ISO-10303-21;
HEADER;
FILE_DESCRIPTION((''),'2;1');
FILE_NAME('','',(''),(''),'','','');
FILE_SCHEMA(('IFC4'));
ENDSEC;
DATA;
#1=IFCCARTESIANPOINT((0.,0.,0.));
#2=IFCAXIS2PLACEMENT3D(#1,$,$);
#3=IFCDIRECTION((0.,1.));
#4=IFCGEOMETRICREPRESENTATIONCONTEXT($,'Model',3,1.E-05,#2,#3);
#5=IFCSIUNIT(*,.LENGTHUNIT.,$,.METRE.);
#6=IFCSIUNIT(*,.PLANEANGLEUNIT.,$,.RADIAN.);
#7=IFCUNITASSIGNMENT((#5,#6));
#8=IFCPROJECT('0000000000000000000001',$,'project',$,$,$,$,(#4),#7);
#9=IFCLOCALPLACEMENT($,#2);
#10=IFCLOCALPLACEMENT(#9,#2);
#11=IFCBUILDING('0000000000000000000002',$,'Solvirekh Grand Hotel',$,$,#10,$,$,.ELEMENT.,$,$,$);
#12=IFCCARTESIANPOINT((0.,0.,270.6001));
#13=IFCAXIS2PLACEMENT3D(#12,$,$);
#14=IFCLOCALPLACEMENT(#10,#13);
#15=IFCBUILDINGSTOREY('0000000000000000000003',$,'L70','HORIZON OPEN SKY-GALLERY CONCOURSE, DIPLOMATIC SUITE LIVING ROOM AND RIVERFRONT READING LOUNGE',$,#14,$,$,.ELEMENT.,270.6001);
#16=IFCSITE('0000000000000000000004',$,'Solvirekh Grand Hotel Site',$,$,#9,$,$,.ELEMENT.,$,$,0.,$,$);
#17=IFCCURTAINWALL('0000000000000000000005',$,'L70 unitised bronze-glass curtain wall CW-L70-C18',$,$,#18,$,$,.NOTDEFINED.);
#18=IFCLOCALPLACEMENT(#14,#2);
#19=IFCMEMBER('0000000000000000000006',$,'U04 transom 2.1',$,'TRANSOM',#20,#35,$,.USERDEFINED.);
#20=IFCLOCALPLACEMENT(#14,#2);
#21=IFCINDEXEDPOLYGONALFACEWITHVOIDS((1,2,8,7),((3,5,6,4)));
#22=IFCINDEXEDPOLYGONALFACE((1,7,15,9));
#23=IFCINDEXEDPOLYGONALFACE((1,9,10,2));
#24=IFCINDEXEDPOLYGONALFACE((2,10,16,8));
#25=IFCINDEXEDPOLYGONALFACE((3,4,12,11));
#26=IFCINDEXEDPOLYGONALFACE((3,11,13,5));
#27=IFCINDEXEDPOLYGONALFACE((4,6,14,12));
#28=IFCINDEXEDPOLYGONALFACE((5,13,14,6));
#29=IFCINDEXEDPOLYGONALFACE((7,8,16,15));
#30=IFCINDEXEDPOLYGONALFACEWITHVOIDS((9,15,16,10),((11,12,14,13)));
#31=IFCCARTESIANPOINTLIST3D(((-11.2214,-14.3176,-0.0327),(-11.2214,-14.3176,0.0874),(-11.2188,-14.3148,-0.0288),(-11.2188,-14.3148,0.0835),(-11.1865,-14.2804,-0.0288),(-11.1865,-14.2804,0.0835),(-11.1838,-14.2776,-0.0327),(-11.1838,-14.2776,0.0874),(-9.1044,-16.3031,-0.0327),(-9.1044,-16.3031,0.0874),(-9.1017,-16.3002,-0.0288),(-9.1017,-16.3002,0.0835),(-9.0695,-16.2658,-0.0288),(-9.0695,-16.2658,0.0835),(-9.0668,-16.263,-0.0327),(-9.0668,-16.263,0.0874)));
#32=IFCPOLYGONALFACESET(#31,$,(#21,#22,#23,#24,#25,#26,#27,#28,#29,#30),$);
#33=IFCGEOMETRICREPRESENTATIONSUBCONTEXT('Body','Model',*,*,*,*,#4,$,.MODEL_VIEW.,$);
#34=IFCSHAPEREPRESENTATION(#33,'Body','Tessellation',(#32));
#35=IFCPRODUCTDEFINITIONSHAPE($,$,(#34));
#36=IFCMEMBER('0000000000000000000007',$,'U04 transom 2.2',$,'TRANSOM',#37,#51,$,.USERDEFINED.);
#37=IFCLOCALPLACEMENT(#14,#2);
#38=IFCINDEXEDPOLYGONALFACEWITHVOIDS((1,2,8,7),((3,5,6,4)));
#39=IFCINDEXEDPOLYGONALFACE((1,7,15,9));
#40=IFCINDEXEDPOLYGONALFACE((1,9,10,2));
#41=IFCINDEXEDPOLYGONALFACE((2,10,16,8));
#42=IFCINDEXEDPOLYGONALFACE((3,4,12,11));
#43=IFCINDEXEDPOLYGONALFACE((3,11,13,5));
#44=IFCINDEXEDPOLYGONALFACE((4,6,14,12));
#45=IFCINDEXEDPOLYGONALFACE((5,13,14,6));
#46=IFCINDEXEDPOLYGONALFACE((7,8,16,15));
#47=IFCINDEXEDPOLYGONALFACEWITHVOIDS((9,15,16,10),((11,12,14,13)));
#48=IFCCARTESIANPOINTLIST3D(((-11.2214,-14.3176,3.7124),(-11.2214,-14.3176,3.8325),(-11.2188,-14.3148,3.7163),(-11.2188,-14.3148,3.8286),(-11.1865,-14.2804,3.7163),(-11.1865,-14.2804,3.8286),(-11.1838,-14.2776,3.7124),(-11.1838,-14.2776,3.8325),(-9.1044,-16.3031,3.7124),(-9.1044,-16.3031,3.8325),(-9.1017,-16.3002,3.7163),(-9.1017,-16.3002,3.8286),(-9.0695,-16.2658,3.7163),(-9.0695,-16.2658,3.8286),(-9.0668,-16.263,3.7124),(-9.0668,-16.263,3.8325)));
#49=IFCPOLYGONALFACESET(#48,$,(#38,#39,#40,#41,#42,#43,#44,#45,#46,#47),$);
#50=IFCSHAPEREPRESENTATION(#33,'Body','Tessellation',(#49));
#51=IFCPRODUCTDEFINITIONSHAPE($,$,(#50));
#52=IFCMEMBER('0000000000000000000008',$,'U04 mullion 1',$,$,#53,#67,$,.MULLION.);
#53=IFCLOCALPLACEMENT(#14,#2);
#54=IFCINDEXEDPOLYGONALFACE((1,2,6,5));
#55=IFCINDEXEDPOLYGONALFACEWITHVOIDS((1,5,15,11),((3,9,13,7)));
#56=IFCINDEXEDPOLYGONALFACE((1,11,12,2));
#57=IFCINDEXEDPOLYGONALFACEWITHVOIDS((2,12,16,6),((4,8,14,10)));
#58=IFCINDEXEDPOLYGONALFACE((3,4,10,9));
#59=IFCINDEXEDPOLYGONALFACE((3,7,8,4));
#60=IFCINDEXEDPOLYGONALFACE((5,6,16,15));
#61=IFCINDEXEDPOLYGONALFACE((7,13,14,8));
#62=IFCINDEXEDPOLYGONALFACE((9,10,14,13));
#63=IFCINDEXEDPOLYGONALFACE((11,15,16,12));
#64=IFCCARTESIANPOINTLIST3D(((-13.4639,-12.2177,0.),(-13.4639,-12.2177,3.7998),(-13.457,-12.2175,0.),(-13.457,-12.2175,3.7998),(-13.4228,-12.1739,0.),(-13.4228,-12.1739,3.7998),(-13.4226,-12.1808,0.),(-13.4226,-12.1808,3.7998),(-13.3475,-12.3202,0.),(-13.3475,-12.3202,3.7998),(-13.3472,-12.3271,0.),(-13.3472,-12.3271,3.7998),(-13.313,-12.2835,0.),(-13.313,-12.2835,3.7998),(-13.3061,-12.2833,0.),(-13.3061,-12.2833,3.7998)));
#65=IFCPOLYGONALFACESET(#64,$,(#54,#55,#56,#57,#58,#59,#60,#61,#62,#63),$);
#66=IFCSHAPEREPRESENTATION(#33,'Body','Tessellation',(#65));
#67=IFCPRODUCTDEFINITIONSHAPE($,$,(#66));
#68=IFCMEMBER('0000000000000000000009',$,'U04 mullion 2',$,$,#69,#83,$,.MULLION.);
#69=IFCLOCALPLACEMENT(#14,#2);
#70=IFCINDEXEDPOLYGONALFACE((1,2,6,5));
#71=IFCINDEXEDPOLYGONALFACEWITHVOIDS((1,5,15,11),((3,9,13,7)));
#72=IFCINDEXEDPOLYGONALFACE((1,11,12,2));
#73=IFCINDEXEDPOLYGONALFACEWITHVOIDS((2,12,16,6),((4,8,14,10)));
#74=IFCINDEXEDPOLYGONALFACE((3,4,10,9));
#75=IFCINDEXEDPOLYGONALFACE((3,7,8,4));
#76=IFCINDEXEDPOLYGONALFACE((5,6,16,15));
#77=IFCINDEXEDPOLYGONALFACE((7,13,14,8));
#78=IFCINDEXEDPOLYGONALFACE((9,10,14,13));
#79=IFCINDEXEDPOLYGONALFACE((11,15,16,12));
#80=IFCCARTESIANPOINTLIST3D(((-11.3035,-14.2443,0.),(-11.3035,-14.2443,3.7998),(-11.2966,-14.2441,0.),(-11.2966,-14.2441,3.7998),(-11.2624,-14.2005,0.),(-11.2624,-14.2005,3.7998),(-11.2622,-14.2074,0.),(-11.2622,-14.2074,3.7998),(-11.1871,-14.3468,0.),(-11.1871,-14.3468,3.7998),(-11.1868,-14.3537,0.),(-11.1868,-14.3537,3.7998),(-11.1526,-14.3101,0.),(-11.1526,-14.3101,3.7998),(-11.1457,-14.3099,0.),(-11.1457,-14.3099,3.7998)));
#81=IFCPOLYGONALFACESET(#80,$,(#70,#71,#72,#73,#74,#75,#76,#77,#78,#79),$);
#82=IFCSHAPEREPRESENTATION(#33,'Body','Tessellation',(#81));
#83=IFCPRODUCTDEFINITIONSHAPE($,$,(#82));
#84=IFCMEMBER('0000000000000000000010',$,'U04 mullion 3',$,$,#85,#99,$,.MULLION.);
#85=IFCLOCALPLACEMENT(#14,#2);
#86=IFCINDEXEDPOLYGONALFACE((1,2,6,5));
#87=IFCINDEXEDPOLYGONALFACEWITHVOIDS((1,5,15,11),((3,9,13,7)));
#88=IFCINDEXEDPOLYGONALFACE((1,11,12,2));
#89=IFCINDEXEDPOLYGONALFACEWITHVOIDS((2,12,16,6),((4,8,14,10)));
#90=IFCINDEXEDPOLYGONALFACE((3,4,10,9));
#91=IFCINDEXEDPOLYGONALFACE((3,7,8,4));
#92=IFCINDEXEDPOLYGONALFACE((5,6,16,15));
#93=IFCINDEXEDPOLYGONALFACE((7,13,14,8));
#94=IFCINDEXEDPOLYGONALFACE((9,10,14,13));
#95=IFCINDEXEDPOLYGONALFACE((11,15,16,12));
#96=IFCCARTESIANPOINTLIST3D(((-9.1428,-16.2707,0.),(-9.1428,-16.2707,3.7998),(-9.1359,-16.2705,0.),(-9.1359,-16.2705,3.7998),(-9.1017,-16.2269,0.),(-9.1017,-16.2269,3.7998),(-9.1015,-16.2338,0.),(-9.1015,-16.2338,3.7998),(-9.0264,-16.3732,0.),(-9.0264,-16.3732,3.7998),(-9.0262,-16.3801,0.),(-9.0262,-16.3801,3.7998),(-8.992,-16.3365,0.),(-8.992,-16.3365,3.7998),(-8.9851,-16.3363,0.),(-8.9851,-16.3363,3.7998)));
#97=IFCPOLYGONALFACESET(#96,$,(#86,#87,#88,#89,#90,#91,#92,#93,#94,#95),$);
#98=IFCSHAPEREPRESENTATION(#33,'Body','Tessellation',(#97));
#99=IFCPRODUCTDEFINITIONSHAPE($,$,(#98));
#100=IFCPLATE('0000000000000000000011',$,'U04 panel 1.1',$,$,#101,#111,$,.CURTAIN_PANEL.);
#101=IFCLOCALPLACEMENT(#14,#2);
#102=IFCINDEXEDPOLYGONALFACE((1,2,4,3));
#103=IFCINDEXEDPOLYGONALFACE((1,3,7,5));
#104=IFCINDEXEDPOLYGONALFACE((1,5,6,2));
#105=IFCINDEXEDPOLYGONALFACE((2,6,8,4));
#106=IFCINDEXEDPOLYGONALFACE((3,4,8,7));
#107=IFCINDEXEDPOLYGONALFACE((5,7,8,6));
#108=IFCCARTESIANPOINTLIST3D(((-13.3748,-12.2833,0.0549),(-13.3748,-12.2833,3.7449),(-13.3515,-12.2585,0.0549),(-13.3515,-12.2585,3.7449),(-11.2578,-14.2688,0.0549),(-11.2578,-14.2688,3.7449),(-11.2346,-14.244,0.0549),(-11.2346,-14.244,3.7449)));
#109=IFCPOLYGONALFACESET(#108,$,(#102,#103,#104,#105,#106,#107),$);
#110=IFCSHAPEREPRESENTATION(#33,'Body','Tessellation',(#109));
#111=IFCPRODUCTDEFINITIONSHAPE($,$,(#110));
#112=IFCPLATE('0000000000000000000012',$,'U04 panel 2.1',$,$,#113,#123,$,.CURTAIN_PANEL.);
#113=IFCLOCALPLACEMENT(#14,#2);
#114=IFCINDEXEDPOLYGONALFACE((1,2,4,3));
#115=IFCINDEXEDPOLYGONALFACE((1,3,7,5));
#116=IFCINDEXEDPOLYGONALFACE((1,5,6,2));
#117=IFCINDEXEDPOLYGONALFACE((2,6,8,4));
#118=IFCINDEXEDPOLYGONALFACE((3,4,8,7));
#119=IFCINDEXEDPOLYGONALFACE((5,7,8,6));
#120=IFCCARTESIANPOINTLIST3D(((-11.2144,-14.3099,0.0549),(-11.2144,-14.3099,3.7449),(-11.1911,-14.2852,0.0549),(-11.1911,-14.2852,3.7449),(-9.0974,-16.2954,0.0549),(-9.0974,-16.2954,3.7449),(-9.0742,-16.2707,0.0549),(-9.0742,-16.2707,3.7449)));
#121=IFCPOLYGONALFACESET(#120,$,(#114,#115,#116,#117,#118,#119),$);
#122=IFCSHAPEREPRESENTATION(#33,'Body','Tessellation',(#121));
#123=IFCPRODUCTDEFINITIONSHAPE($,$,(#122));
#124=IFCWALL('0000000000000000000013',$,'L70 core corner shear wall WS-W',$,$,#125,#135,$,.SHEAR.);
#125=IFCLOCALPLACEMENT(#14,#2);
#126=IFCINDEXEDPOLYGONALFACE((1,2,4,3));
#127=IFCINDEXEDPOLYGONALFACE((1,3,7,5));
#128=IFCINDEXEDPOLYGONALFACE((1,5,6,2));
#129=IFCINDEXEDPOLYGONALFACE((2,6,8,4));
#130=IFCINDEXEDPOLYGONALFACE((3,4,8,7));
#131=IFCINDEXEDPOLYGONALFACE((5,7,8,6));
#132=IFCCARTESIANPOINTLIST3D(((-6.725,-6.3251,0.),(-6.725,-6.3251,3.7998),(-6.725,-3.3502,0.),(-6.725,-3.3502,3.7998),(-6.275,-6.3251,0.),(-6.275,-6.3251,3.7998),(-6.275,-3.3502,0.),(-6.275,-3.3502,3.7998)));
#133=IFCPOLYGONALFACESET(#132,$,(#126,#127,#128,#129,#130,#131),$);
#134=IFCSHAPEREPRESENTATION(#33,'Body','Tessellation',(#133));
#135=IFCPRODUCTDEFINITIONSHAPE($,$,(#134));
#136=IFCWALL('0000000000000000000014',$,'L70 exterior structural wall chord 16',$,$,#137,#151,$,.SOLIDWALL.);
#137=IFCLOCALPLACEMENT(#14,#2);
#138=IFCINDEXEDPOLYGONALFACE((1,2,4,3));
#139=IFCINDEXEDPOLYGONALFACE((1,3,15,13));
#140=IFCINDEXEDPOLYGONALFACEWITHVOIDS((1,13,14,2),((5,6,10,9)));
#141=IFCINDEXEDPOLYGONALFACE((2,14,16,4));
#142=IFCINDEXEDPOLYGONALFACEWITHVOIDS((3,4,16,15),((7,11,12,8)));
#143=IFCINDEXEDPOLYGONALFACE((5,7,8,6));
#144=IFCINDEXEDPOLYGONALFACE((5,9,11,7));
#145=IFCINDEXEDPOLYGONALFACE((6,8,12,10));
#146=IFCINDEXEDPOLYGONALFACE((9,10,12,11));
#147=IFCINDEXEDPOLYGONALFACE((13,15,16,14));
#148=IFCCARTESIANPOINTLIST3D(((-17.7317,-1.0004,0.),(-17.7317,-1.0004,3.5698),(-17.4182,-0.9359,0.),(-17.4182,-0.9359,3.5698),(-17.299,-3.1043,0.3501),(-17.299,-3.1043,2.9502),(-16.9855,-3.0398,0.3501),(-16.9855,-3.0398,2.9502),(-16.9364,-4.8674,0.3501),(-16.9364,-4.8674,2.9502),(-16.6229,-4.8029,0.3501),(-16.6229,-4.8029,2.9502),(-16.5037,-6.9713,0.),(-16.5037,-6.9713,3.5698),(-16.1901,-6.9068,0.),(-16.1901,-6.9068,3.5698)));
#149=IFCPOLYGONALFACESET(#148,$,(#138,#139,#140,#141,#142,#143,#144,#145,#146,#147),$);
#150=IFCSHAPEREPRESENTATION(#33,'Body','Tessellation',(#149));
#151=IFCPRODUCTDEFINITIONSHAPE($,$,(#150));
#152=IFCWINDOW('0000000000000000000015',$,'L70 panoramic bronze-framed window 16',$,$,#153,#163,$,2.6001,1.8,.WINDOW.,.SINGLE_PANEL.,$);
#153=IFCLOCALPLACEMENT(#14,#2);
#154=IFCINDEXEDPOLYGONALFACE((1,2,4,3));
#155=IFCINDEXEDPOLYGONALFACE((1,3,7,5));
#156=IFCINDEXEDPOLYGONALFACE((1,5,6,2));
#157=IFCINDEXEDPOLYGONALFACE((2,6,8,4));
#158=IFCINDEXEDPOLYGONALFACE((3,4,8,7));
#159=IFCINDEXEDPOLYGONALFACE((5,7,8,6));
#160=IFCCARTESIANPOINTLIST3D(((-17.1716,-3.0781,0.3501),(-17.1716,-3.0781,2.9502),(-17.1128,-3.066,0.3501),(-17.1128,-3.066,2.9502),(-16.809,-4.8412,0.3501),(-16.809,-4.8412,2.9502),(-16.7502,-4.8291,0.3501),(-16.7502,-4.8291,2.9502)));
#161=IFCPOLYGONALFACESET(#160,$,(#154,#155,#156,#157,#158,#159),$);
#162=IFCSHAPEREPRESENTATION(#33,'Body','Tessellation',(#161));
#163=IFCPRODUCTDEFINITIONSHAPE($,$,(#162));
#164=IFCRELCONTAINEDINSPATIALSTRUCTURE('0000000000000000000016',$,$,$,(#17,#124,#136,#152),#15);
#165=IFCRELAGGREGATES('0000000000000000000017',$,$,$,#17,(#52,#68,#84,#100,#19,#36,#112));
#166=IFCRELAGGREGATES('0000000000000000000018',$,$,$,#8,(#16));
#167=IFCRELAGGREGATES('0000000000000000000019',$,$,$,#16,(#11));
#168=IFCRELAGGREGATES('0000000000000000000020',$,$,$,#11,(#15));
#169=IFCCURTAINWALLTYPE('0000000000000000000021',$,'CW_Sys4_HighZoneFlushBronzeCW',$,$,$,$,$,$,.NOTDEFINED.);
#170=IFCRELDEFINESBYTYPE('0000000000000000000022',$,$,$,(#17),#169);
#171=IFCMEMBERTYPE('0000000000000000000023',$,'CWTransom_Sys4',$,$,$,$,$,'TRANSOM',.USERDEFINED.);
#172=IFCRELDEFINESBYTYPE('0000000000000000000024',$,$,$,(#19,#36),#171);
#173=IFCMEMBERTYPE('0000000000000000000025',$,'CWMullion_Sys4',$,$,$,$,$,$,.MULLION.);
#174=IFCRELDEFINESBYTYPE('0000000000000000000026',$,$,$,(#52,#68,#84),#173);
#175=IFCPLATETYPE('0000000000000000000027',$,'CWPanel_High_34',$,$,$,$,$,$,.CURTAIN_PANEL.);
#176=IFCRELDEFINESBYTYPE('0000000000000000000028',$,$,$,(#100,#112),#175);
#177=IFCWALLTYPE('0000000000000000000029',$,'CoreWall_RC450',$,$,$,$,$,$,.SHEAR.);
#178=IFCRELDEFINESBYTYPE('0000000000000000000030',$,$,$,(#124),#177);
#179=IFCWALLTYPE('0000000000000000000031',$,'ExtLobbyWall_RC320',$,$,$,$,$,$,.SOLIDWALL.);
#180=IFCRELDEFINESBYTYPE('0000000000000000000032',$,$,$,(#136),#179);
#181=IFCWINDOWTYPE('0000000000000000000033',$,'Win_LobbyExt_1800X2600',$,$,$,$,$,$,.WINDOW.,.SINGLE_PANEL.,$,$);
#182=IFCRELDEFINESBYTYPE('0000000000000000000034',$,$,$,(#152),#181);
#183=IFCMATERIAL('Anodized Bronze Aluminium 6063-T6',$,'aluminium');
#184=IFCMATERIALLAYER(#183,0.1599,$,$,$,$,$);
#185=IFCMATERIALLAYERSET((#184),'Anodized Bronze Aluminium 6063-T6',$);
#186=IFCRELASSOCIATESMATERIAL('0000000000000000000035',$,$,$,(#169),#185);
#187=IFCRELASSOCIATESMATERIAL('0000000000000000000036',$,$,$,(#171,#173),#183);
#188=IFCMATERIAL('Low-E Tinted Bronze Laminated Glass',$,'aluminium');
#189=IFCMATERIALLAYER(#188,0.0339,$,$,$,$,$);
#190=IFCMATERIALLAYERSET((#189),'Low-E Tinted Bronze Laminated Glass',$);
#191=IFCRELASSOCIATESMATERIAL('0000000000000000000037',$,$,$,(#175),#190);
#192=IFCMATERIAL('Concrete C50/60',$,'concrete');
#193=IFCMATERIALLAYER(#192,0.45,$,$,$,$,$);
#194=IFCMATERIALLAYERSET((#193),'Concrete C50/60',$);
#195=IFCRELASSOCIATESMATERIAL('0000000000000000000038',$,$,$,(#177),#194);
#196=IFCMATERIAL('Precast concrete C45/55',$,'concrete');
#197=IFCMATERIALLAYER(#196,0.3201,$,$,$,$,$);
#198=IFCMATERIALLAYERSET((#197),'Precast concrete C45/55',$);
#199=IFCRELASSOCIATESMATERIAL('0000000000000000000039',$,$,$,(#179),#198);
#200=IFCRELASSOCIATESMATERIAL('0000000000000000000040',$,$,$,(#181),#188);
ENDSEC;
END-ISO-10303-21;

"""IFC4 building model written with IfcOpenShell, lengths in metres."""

from ifc_helpers import new_model, si_unit, direction, frame, frame_2d, origin, origin_2d, place, context, subcontext, project, spatial, rectangle, hollow_rectangle, extrude, source, transform, mapped, material, layer, layer_set, material_profile, profile_set, type_object, element, fill, aggregate, save


model = new_model("IFC4")

# Units and contexts
model_context = context("Model", 3, precision=1e-05, world=origin(), true_north=direction((0.0, 1.0)))
body_context = subcontext(model_context, "Body", "Model", "MODEL_VIEW")
ifc_project = project(units=[si_unit("LENGTHUNIT", "METRE"), si_unit("PLANEANGLEUNIT", "RADIAN")], contexts=[model_context])

# Site, building, storey
site_placement = place(None, origin())
site = spatial("IfcSite", under=ifc_project, at=site_placement, Name="Solvirekh Grand Hotel Site", CompositionType="ELEMENT", RefElevation=0.0)
building_placement = place(site_placement, origin())
building = spatial("IfcBuilding", under=site, at=building_placement, Name="Solvirekh Grand Hotel", CompositionType="ELEMENT")
storey_placement = place(building_placement, frame((0.0, 0.0, 270.6001)))
storey = spatial("IfcBuildingStorey", under=building, at=storey_placement, Name="L70", Description="HORIZON OPEN SKY-GALLERY CONCOURSE, DIPLOMATIC SUITE LIVING ROOM AND RIVERFRONT READING LOUNGE", CompositionType="ELEMENT", Elevation=270.6001)

# Shared definitions
ifc_material_1 = material(Name="Concrete C50/60", Category="concrete")

# Curtain wall, members, plates
ifc_material_2 = material(Name="Anodized Bronze Aluminium 6063-T6", Category="aluminium")
ifc_layer_1 = layer(ifc_material_2, 0.1599)
ifc_layer_set_1 = layer_set([ifc_layer_1], Name="Anodized Bronze Aluminium 6063-T6")
curtain_wall_type = type_object("IfcCurtainWallType", Name="CW_Sys4_HighZoneFlushBronzeCW", PredefinedType="NOTDEFINED", material=ifc_layer_set_1)
curtain_wall_placement = place(storey_placement, origin())
curtain_wall = element("IfcCurtainWall", 1, at=curtain_wall_placement, inside=storey, type_object=curtain_wall_type, Name="L70 unitised bronze-glass curtain wall CW-L70-C18", PredefinedType="NOTDEFINED")
ifc_material_profile_1 = material_profile(ifc_material_2, hollow_rectangle(XDim=0.0549, YDim=0.1201, WallThickness=0.0039, at=origin_2d()), Name="ALU RHS 120X55X4")
ifc_profile_set_1 = profile_set([ifc_material_profile_1], Name="Anodized Bronze Aluminium 6063-T6")
member_type_1 = type_object("IfcMemberType", Name="CWTransom_Sys4", ElementType="TRANSOM", PredefinedType="USERDEFINED", material=ifc_profile_set_1)
shared_shape_1 = source(origin(), body_context, "Body", "SweptSolid", [
    extrude(hollow_rectangle(XDim=0.0549, YDim=0.1201, WallThickness=0.0039, at=origin_2d()), origin(), (0.0, 0.0, 1.0), 2.9023),
])
member_1_placement = place(storey_placement, frame((-11.2026, -14.2976, 0.0273), z_axis=(0.729414, -0.684073, 0.0), x_axis=(0.684073, 0.729414, 0.0)))
member_1 = element("IfcMember", 2, at=member_1_placement, type_object=member_type_1, Name="U04 transom 2.1", ObjectType="TRANSOM", PredefinedType="USERDEFINED", context=body_context, shape_type="MappedRepresentation", body=[
    mapped(shared_shape_1, transform((0.0, 0.0, 0.0), x_axis=(1.0, 0.0, 0.0), y_axis=(0.0, 1.0, 0.0), z_axis=(0.0, 0.0, 1.0), scale=1.0)),
])
member_2_placement = place(storey_placement, frame((-11.2026, -14.2976, 3.7725), z_axis=(0.729414, -0.684073, 0.0), x_axis=(0.684073, 0.729414, 0.0)))
member_2 = element("IfcMember", 3, at=member_2_placement, type_object=member_type_1, Name="U04 transom 2.2", ObjectType="TRANSOM", PredefinedType="USERDEFINED", context=body_context, shape_type="MappedRepresentation", body=[
    mapped(shared_shape_1, transform((0.0, 0.0, 0.0), x_axis=(1.0, 0.0, 0.0), y_axis=(0.0, 1.0, 0.0), z_axis=(0.0, 0.0, 1.0), scale=1.0)),
])
ifc_material_profile_2 = material_profile(ifc_material_2, hollow_rectangle(XDim=0.0601, YDim=0.1599, WallThickness=0.0049, at=origin_2d()), Name="ALU RHS 160X60X5")
ifc_profile_set_2 = profile_set([ifc_material_profile_2], Name="Anodized Bronze Aluminium 6063-T6")
member_type_2 = type_object("IfcMemberType", Name="CWMullion_Sys4", PredefinedType="MULLION", material=ifc_profile_set_2)
shared_shape_2 = source(origin(), body_context, "Body", "SweptSolid", [
    extrude(hollow_rectangle(XDim=0.0601, YDim=0.1599, WallThickness=0.0049, at=origin_2d()), origin(), (0.0, 0.0, 1.0), 3.7998),
])
member_3_placement = place(storey_placement, frame((-13.385, -12.2505, 0.0), z_axis=(0.0, 0.0, 1.0), x_axis=(0.684102, 0.729386, 0.0)))
member_3 = element("IfcMember", 4, at=member_3_placement, type_object=member_type_2, Name="U04 mullion 1", PredefinedType="MULLION", context=body_context, shape_type="MappedRepresentation", body=[
    mapped(shared_shape_2, transform((0.0, 0.0, 0.0), x_axis=(1.0, 0.0, 0.0), y_axis=(0.0, 1.0, 0.0), z_axis=(0.0, 0.0, 1.0), scale=1.0)),
])
member_4_placement = place(storey_placement, frame((-11.2246, -14.2771, 0.0), z_axis=(0.0, 0.0, 1.0), x_axis=(0.684102, 0.729386, 0.0)))
member_4 = element("IfcMember", 5, at=member_4_placement, type_object=member_type_2, Name="U04 mullion 2", PredefinedType="MULLION", context=body_context, shape_type="MappedRepresentation", body=[
    mapped(shared_shape_2, transform((0.0, 0.0, 0.0), x_axis=(1.0, 0.0, 0.0), y_axis=(0.0, 1.0, 0.0), z_axis=(0.0, 0.0, 1.0), scale=1.0)),
])
member_5_placement = place(storey_placement, frame((-9.064, -16.3035, 0.0), z_axis=(0.0, 0.0, 1.0), x_axis=(0.684102, 0.729386, 0.0)))
member_5 = element("IfcMember", 6, at=member_5_placement, type_object=member_type_2, Name="U04 mullion 3", PredefinedType="MULLION", context=body_context, shape_type="MappedRepresentation", body=[
    mapped(shared_shape_2, transform((0.0, 0.0, 0.0), x_axis=(1.0, 0.0, 0.0), y_axis=(0.0, 1.0, 0.0), z_axis=(0.0, 0.0, 1.0), scale=1.0)),
])
ifc_material_3 = material(Name="Low-E Tinted Bronze Laminated Glass", Category="aluminium")
ifc_layer_2 = layer(ifc_material_3, 0.0339)
ifc_layer_set_2 = layer_set([ifc_layer_2], Name="Low-E Tinted Bronze Laminated Glass")
plate_type = type_object("IfcPlateType", Name="CWPanel_High_34", PredefinedType="CURTAIN_PANEL", material=ifc_layer_set_2)
shared_shape_3 = source(origin(), body_context, "Body", "SweptSolid", [
    extrude(rectangle(XDim=2.9023, YDim=0.0339, at=origin_2d()), origin(), (0.0, 0.0, 1.0), 3.6899),
])
plate_1_placement = place(storey_placement, frame((-12.3047, -13.2637, 0.0549), z_axis=(0.0, 0.0, 1.0), x_axis=(0.729386, -0.684102, 0.0)))
plate_1 = element("IfcPlate", 7, at=plate_1_placement, type_object=plate_type, Name="U04 panel 1.1", PredefinedType="CURTAIN_PANEL", context=body_context, shape_type="MappedRepresentation", body=[
    mapped(shared_shape_3, transform((0.0, 0.0, 0.0), x_axis=(1.0, 0.0, 0.0), y_axis=(0.0, 1.0, 0.0), z_axis=(0.0, 0.0, 1.0), scale=1.0)),
])
plate_2_placement = place(storey_placement, frame((-10.1443, -15.2903, 0.0549), z_axis=(0.0, 0.0, 1.0), x_axis=(0.729386, -0.684102, 0.0)))
plate_2 = element("IfcPlate", 8, at=plate_2_placement, type_object=plate_type, Name="U04 panel 2.1", PredefinedType="CURTAIN_PANEL", context=body_context, shape_type="MappedRepresentation", body=[
    mapped(shared_shape_3, transform((0.0, 0.0, 0.0), x_axis=(1.0, 0.0, 0.0), y_axis=(0.0, 1.0, 0.0), z_axis=(0.0, 0.0, 1.0), scale=1.0)),
])
aggregate(curtain_wall, [member_3, member_4, member_5, plate_1, member_1, member_2, plate_2])

# Wall
ifc_layer_3 = layer(ifc_material_1, 0.45)
ifc_layer_set_3 = layer_set([ifc_layer_3], Name="Concrete C50/60")
wall_type_1 = type_object("IfcWallType", Name="CoreWall_RC450", PredefinedType="SHEAR", material=ifc_layer_set_3)
wall_1_placement = place(storey_placement, frame((-6.5, -6.325, 0.0), z_axis=(0.0, 0.0, 1.0), x_axis=(0.0, 1.0, 0.0)))
element("IfcWall", 9, at=wall_1_placement, inside=storey, type_object=wall_type_1, Name="L70 core corner shear wall WS-W", PredefinedType="SHEAR", context=body_context, shape_type="SweptSolid", body=[
    extrude(rectangle(XDim=2.9749, YDim=0.45, at=frame_2d((1.4873, 0.0))), origin(), (0.0, 0.0, 1.0), 3.7998),
])

# Wall, opening, window
ifc_material_4 = material(Name="Precast concrete C45/55", Category="concrete")
ifc_layer_4 = layer(ifc_material_4, 0.3201)
ifc_layer_set_4 = layer_set([ifc_layer_4], Name="Precast concrete C45/55")
wall_type_2 = type_object("IfcWallType", Name="ExtLobbyWall_RC320", PredefinedType="SOLIDWALL", material=ifc_layer_set_4)
wall_2_placement = place(storey_placement, frame((-16.3469, -6.939, 0.0), z_axis=(0.0, 0.0, 1.0), x_axis=(-0.201451, 0.979499, 0.0)))
wall_2 = element("IfcWall", 10, at=wall_2_placement, inside=storey, type_object=wall_type_2, Name="L70 exterior structural wall chord 16", PredefinedType="SOLIDWALL", context=body_context, shape_type="SweptSolid", body=[
    extrude(rectangle(XDim=6.0959, YDim=0.3201, at=frame_2d((3.0479, 0.0))), origin(), (0.0, 0.0, 1.0), 3.5698),
])
opening_1_placement = place(wall_2_placement, frame((2.1479, 0.0, 0.3501)))
opening_1 = element("IfcOpeningElement", 11, at=opening_1_placement, cuts=wall_2, PredefinedType="OPENING", context=body_context, shape_type="SweptSolid", body=[
    extrude(rectangle(XDim=1.8, YDim=2.6001, at=frame_2d((0.8999, 1.3))), frame((0.0, 0.1699, 0.0), z_axis=(0.0, -1.0, 0.0), x_axis=(1.0, 0.0, 0.0)), (0.0, 0.0, 1.0), 0.3401),
])
window_type = type_object("IfcWindowType", Name="Win_LobbyExt_1800X2600", PartitioningType="SINGLE_PANEL", PredefinedType="WINDOW", material=ifc_material_3)
window_1_placement = place(opening_1_placement, origin())
window_1 = element("IfcWindow", 12, at=window_1_placement, inside=storey, type_object=window_type, Name="L70 panoramic bronze-framed window 16", OverallHeight=2.6001, OverallWidth=1.8, PartitioningType="SINGLE_PANEL", PredefinedType="WINDOW", context=body_context, shape_type="SweptSolid", body=[
    extrude(rectangle(XDim=1.8, YDim=2.6001, at=frame_2d((0.8999, 1.3))), frame((0.0, 0.03, 0.0), z_axis=(0.0, -1.0, 0.0), x_axis=(1.0, 0.0, 0.0)), (0.0, 0.0, 1.0), 0.0601),
])
fill(opening_1, window_1)

save(model, "model.ifc")
